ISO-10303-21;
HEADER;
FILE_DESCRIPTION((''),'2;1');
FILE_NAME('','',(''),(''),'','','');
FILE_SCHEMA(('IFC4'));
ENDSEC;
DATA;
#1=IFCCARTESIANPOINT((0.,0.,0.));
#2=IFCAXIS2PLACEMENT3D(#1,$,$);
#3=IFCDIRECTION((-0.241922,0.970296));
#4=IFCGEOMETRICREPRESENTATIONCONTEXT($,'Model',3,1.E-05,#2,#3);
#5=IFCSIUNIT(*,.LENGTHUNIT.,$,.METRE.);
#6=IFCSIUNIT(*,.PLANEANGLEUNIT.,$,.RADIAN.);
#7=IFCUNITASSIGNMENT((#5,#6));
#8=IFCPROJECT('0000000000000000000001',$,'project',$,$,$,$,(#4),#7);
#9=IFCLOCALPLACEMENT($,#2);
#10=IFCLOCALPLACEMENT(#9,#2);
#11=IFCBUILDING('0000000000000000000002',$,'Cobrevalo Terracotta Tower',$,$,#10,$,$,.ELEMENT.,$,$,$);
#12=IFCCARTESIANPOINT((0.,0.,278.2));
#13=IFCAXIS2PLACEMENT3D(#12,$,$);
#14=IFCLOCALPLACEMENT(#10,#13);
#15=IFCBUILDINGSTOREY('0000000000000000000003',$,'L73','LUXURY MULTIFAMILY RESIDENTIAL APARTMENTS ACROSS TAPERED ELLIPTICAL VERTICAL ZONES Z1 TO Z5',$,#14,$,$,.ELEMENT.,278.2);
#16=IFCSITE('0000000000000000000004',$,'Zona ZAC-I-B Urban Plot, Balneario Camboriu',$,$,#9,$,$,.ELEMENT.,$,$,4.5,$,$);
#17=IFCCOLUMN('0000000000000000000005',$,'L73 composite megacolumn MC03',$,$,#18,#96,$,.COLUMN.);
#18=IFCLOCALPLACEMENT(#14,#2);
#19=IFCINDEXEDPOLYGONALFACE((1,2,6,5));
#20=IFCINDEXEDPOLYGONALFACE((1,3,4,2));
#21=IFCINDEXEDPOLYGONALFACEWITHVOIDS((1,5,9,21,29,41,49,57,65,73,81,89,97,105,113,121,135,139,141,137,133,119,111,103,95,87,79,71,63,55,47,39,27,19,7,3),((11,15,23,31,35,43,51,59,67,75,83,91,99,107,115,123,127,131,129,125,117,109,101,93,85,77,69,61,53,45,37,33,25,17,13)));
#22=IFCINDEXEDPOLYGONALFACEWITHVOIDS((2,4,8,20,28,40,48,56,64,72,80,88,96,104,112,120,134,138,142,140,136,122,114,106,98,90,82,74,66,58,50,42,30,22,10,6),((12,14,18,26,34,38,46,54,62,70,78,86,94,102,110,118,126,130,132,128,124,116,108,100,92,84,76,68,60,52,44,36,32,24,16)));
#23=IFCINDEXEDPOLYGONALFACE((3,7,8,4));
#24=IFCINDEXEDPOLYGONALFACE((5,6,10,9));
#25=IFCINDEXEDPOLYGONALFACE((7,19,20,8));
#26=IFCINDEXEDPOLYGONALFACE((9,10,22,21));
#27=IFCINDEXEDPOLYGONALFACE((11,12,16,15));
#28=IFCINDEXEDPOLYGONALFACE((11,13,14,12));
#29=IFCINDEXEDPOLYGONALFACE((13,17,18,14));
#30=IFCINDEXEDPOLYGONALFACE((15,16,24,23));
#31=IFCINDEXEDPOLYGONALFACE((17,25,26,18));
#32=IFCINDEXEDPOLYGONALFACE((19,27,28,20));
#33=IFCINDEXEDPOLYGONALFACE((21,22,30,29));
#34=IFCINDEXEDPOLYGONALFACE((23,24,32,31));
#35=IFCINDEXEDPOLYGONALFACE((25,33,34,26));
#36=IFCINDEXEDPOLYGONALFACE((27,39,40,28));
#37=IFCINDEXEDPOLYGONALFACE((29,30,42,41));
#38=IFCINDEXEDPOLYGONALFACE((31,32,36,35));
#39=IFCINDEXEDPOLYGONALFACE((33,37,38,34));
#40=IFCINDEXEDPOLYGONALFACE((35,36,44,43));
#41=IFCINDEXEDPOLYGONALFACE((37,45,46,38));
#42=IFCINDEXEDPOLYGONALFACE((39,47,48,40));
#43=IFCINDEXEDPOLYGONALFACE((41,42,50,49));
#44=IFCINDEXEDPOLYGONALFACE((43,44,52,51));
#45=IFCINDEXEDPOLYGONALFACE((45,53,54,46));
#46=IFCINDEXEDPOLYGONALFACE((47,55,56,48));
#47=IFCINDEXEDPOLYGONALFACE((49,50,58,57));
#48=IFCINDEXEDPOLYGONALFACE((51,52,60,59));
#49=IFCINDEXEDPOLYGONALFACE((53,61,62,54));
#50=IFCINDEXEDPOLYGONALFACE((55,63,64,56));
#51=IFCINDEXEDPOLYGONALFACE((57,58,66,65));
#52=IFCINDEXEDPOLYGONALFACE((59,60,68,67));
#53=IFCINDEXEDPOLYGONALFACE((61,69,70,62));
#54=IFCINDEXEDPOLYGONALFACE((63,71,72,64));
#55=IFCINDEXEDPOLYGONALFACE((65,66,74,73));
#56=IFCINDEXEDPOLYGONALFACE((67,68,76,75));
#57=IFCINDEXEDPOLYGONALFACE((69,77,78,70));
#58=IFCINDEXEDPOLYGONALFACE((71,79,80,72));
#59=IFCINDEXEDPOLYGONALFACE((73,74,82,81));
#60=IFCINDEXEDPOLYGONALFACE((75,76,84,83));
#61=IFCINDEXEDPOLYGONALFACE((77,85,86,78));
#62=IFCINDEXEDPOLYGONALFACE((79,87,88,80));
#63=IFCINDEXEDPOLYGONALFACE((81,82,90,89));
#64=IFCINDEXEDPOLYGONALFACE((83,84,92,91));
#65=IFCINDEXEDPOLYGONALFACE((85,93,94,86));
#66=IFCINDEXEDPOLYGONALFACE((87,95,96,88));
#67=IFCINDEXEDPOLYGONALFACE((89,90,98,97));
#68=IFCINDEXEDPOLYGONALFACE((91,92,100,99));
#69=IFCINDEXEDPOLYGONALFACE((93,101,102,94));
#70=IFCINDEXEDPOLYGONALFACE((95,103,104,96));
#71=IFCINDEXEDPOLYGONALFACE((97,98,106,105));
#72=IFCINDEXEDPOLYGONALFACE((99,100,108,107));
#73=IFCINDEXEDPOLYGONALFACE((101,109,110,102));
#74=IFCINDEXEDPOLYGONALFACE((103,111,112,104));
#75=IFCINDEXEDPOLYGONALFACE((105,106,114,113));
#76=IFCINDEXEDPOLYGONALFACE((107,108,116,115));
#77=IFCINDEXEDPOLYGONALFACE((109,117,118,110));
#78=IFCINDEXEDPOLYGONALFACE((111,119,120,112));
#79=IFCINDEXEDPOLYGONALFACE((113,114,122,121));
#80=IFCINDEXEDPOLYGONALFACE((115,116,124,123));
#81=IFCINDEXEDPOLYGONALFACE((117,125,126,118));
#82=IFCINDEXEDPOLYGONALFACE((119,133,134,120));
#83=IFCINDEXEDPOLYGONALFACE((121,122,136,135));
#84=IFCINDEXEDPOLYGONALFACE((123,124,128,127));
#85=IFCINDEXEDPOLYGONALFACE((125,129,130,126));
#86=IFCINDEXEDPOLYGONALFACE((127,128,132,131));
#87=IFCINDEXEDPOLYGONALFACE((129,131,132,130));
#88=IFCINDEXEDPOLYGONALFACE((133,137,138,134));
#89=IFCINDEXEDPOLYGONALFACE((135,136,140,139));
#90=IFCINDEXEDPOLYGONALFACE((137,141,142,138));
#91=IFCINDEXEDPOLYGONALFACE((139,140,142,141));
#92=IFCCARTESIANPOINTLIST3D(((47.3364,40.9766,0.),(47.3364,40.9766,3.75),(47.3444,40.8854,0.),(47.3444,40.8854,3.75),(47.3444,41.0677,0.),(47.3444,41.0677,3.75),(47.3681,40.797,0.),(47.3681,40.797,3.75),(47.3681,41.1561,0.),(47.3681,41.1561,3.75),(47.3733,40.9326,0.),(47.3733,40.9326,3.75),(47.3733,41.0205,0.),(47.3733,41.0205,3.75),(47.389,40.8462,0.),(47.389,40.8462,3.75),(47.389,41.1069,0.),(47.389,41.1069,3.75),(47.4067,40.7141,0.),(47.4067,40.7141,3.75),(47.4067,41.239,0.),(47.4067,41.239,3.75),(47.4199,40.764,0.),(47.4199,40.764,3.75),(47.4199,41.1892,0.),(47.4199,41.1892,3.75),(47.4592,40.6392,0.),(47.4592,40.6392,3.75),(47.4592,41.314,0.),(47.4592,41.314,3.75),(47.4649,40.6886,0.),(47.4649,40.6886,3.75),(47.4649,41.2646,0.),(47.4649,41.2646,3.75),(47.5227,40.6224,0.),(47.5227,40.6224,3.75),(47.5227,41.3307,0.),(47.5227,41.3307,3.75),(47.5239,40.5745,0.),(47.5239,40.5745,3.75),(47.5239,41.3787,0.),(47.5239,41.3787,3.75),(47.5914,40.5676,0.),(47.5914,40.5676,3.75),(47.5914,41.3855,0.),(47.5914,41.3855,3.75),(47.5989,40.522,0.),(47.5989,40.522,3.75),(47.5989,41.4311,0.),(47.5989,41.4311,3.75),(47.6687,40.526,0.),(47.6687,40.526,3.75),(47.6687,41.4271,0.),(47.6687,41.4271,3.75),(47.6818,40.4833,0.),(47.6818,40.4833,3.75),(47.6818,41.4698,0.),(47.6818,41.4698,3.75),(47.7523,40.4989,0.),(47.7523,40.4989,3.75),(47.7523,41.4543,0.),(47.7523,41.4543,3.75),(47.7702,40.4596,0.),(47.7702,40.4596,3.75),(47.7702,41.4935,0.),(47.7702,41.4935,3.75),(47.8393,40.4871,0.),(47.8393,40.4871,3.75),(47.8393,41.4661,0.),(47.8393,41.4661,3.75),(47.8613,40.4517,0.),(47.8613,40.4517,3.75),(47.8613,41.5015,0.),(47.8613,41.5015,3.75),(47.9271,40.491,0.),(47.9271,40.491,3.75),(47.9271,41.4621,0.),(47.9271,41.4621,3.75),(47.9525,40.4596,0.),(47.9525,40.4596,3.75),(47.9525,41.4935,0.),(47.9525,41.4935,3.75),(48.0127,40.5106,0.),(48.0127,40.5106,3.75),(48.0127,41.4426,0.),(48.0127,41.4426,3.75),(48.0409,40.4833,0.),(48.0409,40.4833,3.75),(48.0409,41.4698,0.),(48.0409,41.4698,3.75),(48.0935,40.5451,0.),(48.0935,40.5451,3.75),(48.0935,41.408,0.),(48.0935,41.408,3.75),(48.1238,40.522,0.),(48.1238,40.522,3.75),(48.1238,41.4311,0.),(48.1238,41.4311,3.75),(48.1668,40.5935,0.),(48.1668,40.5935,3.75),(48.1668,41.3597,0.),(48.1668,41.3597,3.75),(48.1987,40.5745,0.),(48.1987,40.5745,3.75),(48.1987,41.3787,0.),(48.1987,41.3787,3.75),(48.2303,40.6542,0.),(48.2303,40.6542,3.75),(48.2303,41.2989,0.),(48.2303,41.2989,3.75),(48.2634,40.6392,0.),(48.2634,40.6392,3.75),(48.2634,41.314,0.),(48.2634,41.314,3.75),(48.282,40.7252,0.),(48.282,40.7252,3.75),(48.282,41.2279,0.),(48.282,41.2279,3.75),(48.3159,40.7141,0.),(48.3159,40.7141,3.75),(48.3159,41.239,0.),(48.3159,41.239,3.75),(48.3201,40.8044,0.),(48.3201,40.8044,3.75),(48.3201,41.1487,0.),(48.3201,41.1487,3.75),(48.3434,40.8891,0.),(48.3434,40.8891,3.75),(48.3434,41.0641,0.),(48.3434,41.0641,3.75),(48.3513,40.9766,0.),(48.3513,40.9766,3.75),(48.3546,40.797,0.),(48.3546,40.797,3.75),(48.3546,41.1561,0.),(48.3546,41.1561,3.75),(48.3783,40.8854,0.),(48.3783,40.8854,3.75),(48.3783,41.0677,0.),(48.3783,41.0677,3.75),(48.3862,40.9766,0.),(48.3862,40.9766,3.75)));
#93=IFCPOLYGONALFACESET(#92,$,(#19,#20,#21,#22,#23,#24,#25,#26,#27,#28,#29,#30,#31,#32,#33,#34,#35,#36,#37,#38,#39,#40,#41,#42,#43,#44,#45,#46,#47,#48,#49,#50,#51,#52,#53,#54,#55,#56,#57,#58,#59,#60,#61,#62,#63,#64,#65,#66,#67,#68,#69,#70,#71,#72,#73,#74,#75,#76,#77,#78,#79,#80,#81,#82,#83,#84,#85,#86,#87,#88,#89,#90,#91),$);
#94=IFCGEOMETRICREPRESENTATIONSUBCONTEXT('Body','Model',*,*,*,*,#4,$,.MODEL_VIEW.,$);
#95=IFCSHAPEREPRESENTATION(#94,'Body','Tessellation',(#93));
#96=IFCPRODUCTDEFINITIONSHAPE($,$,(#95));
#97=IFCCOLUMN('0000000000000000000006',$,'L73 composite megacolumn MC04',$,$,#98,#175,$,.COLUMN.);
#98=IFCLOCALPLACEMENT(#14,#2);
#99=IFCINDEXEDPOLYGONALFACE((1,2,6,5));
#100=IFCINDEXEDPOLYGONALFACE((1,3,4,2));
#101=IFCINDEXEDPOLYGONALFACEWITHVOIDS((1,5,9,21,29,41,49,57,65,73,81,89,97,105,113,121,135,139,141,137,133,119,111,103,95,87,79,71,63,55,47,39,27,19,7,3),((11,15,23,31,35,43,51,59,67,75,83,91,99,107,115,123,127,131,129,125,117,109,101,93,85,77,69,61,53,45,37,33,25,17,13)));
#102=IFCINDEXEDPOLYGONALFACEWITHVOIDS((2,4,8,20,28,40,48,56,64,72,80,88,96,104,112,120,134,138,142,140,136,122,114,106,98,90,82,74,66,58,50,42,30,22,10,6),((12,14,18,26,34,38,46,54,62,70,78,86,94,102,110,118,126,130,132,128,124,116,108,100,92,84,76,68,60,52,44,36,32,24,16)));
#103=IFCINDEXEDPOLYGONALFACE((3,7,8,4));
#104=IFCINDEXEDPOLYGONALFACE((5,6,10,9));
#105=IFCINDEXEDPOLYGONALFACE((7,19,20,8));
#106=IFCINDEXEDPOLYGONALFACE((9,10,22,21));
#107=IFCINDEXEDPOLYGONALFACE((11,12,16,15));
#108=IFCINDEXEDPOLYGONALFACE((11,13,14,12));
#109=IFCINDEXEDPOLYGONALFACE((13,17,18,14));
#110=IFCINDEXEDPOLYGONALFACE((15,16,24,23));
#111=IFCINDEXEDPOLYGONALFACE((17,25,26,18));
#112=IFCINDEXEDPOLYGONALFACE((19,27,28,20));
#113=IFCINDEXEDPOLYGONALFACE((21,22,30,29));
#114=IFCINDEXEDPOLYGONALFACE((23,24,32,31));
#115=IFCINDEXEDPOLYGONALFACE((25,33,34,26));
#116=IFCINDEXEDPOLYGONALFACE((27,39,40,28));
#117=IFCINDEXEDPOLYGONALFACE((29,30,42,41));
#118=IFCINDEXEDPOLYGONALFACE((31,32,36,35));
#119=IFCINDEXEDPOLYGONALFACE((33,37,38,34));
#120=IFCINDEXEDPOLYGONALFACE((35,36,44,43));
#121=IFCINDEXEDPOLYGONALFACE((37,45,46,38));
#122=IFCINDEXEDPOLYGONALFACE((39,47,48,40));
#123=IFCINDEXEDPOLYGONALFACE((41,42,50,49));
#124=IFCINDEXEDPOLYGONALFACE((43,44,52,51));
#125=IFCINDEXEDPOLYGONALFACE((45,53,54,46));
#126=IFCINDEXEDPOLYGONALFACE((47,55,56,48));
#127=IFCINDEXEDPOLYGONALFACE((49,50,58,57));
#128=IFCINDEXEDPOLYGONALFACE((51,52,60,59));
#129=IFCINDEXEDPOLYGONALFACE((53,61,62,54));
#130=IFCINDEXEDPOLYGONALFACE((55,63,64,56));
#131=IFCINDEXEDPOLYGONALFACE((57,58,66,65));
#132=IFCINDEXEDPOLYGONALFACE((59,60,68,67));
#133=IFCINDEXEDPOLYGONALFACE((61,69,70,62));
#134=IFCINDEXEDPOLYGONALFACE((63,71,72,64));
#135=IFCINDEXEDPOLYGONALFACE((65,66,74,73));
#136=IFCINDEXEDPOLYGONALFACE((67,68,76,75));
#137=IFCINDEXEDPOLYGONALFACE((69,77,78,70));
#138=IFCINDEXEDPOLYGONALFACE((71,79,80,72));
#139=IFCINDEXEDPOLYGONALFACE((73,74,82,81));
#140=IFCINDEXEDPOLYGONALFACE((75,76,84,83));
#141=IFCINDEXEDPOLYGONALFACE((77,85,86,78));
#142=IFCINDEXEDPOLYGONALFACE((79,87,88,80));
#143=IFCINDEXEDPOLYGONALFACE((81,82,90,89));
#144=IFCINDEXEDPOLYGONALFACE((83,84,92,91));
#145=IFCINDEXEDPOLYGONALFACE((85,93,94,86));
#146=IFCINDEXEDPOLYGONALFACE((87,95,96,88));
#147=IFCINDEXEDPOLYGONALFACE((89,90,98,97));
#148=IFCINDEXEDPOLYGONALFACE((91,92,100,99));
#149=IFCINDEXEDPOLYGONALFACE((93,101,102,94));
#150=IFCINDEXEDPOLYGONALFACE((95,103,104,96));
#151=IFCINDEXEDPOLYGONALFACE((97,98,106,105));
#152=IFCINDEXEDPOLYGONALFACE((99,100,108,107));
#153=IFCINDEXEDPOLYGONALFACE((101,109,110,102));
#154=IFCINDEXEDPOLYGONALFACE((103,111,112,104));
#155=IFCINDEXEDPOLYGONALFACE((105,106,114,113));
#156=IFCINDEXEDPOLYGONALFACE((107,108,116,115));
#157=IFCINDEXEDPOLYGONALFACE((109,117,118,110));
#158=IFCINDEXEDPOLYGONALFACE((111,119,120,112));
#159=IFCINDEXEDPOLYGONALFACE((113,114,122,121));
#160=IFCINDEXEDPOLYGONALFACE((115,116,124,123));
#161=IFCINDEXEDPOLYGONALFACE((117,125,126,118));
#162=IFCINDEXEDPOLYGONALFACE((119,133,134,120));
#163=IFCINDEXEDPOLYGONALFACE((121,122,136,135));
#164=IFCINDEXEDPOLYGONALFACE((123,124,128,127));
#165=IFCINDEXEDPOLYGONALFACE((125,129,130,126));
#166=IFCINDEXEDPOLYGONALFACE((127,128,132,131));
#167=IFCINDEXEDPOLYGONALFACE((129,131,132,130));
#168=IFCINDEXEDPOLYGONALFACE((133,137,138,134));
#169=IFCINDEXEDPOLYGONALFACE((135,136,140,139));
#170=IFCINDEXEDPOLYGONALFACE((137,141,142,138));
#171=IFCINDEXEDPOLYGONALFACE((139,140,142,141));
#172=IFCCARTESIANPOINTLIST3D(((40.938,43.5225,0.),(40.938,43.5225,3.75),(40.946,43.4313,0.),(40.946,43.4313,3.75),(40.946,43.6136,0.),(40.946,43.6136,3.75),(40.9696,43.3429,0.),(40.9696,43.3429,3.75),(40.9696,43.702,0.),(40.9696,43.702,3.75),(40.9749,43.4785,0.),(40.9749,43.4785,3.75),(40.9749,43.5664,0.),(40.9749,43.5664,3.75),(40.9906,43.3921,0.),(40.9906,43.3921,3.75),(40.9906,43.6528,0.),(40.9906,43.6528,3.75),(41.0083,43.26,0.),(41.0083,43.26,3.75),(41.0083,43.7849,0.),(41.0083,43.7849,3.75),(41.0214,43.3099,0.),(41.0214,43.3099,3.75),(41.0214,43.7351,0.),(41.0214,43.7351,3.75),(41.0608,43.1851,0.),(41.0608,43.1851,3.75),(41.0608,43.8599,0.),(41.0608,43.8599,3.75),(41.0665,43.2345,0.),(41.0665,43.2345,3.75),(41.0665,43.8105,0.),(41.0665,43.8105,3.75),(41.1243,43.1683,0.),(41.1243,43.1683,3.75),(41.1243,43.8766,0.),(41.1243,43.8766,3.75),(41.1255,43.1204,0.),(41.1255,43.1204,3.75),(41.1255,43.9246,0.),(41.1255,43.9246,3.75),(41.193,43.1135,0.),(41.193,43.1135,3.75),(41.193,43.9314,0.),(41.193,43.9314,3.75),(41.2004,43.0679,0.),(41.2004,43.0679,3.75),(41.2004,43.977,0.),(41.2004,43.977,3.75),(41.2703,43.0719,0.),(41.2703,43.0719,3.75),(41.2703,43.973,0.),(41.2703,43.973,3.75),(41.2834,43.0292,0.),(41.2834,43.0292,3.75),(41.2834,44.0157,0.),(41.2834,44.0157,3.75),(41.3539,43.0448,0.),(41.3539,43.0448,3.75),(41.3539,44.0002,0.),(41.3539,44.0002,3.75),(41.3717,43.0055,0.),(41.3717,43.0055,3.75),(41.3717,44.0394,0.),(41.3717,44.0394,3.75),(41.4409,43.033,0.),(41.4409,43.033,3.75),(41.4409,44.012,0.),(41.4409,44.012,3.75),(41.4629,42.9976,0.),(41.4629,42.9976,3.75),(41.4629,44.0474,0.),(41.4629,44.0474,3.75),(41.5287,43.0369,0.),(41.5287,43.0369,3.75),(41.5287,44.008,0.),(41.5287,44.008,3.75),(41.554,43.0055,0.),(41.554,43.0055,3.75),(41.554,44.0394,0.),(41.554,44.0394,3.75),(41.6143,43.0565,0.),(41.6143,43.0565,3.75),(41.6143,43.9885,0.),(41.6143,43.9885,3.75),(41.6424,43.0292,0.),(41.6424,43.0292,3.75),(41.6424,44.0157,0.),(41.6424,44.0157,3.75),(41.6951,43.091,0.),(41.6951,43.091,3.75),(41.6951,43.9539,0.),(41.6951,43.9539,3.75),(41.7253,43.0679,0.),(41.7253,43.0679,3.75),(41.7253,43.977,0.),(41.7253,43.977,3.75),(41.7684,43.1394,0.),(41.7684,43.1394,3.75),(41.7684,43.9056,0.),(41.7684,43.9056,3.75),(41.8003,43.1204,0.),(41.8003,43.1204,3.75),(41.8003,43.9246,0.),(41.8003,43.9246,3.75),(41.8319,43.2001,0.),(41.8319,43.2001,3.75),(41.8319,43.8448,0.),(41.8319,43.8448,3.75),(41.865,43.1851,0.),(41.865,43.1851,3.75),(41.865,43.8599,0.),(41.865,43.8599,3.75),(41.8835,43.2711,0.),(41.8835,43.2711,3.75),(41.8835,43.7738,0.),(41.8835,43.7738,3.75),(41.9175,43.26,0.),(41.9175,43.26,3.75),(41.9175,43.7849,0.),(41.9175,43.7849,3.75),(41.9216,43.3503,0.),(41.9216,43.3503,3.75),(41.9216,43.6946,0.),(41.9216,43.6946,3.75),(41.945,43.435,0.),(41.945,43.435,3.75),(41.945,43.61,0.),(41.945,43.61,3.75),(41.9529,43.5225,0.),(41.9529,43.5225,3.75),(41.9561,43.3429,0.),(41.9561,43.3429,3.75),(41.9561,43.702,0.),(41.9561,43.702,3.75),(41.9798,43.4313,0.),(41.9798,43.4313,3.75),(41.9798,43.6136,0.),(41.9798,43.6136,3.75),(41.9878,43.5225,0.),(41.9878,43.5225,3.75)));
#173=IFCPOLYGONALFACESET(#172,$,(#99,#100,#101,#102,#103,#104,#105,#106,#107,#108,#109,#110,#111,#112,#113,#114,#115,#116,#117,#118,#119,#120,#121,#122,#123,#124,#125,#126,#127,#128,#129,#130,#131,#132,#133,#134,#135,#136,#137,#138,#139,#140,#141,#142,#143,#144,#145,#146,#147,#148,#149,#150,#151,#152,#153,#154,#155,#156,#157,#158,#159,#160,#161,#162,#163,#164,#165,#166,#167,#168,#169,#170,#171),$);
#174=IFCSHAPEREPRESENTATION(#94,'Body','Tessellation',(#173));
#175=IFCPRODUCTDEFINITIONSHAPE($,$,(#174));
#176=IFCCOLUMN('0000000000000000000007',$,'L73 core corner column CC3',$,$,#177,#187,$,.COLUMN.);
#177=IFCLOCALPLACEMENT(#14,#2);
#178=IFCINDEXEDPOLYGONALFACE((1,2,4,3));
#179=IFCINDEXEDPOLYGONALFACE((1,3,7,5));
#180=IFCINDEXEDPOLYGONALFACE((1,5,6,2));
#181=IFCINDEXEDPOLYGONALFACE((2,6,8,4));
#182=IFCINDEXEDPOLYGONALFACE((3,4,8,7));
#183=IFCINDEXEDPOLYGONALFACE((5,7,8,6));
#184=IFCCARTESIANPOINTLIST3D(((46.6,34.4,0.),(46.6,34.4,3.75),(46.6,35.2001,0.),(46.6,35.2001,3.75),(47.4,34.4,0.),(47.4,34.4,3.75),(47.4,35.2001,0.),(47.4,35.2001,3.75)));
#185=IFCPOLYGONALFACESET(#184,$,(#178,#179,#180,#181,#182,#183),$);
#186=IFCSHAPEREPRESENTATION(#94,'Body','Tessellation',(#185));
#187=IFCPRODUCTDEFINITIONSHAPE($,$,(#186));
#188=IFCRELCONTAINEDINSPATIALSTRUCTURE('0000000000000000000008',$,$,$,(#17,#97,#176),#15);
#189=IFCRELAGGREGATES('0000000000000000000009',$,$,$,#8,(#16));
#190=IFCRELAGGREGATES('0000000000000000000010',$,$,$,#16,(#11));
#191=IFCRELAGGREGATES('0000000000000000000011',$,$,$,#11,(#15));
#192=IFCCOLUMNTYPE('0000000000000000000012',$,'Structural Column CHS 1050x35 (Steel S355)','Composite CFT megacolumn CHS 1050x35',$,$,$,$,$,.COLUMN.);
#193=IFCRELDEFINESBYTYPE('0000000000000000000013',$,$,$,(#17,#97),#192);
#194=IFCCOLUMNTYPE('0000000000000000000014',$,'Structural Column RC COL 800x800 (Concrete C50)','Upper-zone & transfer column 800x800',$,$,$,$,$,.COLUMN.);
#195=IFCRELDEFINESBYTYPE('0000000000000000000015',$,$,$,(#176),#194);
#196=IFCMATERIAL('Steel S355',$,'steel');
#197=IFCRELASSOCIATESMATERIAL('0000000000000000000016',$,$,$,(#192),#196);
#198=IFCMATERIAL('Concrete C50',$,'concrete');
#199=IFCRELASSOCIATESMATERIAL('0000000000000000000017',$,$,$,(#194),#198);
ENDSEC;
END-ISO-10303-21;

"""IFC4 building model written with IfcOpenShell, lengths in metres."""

from ifc_helpers import new_model, si_unit, direction, frame, origin, origin_2d, place, context, subcontext, project, spatial, rectangle, hollow_circle, extrude, material, material_profile, profile_set, type_object, element, save


model = new_model("IFC4")

# Units and contexts
model_context = context("Model", 3, precision=1e-05, world=origin(), true_north=direction((-0.241922, 0.970296)))
body_context = subcontext(model_context, "Body", "Model", "MODEL_VIEW")
ifc_project = project(units=[si_unit("LENGTHUNIT", "METRE"), si_unit("PLANEANGLEUNIT", "RADIAN")], contexts=[model_context])

# Site, building, storey
site_placement = place(None, origin())
site = spatial("IfcSite", under=ifc_project, at=site_placement, Name="Zona ZAC-I-B Urban Plot, Balneario Camboriu", CompositionType="ELEMENT", RefElevation=4.5)
building_placement = place(site_placement, origin())
building = spatial("IfcBuilding", under=site, at=building_placement, Name="Cobrevalo Terracotta Tower", CompositionType="ELEMENT")
storey_placement = place(building_placement, frame((0.0, 0.0, 278.2)))
storey = spatial("IfcBuildingStorey", under=building, at=storey_placement, Name="L73", Description="LUXURY MULTIFAMILY RESIDENTIAL APARTMENTS ACROSS TAPERED ELLIPTICAL VERTICAL ZONES Z1 TO Z5", CompositionType="ELEMENT", Elevation=278.2)

# Columns
ifc_material_1 = material(Name="Steel S355", Category="steel")
ifc_material_profile_1 = material_profile(ifc_material_1, hollow_circle(Radius=0.5249, WallThickness=0.0349, at=origin_2d()), Name="CHS 1050x35")
ifc_profile_set_1 = profile_set([ifc_material_profile_1], Name="Steel S355")
column_type_1 = type_object("IfcColumnType", Name="Structural Column CHS 1050x35 (Steel S355)", Description="Composite CFT megacolumn CHS 1050x35", PredefinedType="COLUMN", material=ifc_profile_set_1)
for number, where, z_axis, x_axis, name in (
    (1, (47.8613, 40.9766, 0.0), (0.0, 0.0, 1.0), (1.0, 0.0, 0.0), "L73 composite megacolumn MC03"),
    (2, (41.4629, 43.5225, 0.0), (0.0, 0.0, 1.0), (1.0, 0.0, 0.0), "L73 composite megacolumn MC04"),
):
    element("IfcColumn", number, at=place(storey_placement, frame(where, z_axis=z_axis, x_axis=x_axis)), inside=storey, type_object=column_type_1, Name=name, PredefinedType="COLUMN", context=body_context, shape_type="SweptSolid", body=[
        extrude(hollow_circle(Radius=0.5249, WallThickness=0.0349, at=origin_2d()), origin(), (0.0, 0.0, 1.0), 3.75),
    ])
ifc_material_2 = material(Name="Concrete C50", Category="concrete")
ifc_material_profile_2 = material_profile(ifc_material_2, rectangle(XDim=0.8, YDim=0.8, at=origin_2d()), Name="RC COL 800x800")
ifc_profile_set_2 = profile_set([ifc_material_profile_2], Name="Concrete C50")
column_type_2 = type_object("IfcColumnType", Name="Structural Column RC COL 800x800 (Concrete C50)", Description="Upper-zone & transfer column 800x800", PredefinedType="COLUMN", material=ifc_profile_set_2)
column_placement = place(storey_placement, frame((47.0, 34.8, 0.0), z_axis=(0.0, 0.0, 1.0), x_axis=(1.0, 0.0, 0.0)))
element("IfcColumn", 3, at=column_placement, inside=storey, type_object=column_type_2, Name="L73 core corner column CC3", PredefinedType="COLUMN", context=body_context, shape_type="SweptSolid", body=[
    extrude(rectangle(XDim=0.8, YDim=0.8, at=origin_2d()), origin(), (0.0, 0.0, 1.0), 3.75),
])

save(model, "model.ifc")
